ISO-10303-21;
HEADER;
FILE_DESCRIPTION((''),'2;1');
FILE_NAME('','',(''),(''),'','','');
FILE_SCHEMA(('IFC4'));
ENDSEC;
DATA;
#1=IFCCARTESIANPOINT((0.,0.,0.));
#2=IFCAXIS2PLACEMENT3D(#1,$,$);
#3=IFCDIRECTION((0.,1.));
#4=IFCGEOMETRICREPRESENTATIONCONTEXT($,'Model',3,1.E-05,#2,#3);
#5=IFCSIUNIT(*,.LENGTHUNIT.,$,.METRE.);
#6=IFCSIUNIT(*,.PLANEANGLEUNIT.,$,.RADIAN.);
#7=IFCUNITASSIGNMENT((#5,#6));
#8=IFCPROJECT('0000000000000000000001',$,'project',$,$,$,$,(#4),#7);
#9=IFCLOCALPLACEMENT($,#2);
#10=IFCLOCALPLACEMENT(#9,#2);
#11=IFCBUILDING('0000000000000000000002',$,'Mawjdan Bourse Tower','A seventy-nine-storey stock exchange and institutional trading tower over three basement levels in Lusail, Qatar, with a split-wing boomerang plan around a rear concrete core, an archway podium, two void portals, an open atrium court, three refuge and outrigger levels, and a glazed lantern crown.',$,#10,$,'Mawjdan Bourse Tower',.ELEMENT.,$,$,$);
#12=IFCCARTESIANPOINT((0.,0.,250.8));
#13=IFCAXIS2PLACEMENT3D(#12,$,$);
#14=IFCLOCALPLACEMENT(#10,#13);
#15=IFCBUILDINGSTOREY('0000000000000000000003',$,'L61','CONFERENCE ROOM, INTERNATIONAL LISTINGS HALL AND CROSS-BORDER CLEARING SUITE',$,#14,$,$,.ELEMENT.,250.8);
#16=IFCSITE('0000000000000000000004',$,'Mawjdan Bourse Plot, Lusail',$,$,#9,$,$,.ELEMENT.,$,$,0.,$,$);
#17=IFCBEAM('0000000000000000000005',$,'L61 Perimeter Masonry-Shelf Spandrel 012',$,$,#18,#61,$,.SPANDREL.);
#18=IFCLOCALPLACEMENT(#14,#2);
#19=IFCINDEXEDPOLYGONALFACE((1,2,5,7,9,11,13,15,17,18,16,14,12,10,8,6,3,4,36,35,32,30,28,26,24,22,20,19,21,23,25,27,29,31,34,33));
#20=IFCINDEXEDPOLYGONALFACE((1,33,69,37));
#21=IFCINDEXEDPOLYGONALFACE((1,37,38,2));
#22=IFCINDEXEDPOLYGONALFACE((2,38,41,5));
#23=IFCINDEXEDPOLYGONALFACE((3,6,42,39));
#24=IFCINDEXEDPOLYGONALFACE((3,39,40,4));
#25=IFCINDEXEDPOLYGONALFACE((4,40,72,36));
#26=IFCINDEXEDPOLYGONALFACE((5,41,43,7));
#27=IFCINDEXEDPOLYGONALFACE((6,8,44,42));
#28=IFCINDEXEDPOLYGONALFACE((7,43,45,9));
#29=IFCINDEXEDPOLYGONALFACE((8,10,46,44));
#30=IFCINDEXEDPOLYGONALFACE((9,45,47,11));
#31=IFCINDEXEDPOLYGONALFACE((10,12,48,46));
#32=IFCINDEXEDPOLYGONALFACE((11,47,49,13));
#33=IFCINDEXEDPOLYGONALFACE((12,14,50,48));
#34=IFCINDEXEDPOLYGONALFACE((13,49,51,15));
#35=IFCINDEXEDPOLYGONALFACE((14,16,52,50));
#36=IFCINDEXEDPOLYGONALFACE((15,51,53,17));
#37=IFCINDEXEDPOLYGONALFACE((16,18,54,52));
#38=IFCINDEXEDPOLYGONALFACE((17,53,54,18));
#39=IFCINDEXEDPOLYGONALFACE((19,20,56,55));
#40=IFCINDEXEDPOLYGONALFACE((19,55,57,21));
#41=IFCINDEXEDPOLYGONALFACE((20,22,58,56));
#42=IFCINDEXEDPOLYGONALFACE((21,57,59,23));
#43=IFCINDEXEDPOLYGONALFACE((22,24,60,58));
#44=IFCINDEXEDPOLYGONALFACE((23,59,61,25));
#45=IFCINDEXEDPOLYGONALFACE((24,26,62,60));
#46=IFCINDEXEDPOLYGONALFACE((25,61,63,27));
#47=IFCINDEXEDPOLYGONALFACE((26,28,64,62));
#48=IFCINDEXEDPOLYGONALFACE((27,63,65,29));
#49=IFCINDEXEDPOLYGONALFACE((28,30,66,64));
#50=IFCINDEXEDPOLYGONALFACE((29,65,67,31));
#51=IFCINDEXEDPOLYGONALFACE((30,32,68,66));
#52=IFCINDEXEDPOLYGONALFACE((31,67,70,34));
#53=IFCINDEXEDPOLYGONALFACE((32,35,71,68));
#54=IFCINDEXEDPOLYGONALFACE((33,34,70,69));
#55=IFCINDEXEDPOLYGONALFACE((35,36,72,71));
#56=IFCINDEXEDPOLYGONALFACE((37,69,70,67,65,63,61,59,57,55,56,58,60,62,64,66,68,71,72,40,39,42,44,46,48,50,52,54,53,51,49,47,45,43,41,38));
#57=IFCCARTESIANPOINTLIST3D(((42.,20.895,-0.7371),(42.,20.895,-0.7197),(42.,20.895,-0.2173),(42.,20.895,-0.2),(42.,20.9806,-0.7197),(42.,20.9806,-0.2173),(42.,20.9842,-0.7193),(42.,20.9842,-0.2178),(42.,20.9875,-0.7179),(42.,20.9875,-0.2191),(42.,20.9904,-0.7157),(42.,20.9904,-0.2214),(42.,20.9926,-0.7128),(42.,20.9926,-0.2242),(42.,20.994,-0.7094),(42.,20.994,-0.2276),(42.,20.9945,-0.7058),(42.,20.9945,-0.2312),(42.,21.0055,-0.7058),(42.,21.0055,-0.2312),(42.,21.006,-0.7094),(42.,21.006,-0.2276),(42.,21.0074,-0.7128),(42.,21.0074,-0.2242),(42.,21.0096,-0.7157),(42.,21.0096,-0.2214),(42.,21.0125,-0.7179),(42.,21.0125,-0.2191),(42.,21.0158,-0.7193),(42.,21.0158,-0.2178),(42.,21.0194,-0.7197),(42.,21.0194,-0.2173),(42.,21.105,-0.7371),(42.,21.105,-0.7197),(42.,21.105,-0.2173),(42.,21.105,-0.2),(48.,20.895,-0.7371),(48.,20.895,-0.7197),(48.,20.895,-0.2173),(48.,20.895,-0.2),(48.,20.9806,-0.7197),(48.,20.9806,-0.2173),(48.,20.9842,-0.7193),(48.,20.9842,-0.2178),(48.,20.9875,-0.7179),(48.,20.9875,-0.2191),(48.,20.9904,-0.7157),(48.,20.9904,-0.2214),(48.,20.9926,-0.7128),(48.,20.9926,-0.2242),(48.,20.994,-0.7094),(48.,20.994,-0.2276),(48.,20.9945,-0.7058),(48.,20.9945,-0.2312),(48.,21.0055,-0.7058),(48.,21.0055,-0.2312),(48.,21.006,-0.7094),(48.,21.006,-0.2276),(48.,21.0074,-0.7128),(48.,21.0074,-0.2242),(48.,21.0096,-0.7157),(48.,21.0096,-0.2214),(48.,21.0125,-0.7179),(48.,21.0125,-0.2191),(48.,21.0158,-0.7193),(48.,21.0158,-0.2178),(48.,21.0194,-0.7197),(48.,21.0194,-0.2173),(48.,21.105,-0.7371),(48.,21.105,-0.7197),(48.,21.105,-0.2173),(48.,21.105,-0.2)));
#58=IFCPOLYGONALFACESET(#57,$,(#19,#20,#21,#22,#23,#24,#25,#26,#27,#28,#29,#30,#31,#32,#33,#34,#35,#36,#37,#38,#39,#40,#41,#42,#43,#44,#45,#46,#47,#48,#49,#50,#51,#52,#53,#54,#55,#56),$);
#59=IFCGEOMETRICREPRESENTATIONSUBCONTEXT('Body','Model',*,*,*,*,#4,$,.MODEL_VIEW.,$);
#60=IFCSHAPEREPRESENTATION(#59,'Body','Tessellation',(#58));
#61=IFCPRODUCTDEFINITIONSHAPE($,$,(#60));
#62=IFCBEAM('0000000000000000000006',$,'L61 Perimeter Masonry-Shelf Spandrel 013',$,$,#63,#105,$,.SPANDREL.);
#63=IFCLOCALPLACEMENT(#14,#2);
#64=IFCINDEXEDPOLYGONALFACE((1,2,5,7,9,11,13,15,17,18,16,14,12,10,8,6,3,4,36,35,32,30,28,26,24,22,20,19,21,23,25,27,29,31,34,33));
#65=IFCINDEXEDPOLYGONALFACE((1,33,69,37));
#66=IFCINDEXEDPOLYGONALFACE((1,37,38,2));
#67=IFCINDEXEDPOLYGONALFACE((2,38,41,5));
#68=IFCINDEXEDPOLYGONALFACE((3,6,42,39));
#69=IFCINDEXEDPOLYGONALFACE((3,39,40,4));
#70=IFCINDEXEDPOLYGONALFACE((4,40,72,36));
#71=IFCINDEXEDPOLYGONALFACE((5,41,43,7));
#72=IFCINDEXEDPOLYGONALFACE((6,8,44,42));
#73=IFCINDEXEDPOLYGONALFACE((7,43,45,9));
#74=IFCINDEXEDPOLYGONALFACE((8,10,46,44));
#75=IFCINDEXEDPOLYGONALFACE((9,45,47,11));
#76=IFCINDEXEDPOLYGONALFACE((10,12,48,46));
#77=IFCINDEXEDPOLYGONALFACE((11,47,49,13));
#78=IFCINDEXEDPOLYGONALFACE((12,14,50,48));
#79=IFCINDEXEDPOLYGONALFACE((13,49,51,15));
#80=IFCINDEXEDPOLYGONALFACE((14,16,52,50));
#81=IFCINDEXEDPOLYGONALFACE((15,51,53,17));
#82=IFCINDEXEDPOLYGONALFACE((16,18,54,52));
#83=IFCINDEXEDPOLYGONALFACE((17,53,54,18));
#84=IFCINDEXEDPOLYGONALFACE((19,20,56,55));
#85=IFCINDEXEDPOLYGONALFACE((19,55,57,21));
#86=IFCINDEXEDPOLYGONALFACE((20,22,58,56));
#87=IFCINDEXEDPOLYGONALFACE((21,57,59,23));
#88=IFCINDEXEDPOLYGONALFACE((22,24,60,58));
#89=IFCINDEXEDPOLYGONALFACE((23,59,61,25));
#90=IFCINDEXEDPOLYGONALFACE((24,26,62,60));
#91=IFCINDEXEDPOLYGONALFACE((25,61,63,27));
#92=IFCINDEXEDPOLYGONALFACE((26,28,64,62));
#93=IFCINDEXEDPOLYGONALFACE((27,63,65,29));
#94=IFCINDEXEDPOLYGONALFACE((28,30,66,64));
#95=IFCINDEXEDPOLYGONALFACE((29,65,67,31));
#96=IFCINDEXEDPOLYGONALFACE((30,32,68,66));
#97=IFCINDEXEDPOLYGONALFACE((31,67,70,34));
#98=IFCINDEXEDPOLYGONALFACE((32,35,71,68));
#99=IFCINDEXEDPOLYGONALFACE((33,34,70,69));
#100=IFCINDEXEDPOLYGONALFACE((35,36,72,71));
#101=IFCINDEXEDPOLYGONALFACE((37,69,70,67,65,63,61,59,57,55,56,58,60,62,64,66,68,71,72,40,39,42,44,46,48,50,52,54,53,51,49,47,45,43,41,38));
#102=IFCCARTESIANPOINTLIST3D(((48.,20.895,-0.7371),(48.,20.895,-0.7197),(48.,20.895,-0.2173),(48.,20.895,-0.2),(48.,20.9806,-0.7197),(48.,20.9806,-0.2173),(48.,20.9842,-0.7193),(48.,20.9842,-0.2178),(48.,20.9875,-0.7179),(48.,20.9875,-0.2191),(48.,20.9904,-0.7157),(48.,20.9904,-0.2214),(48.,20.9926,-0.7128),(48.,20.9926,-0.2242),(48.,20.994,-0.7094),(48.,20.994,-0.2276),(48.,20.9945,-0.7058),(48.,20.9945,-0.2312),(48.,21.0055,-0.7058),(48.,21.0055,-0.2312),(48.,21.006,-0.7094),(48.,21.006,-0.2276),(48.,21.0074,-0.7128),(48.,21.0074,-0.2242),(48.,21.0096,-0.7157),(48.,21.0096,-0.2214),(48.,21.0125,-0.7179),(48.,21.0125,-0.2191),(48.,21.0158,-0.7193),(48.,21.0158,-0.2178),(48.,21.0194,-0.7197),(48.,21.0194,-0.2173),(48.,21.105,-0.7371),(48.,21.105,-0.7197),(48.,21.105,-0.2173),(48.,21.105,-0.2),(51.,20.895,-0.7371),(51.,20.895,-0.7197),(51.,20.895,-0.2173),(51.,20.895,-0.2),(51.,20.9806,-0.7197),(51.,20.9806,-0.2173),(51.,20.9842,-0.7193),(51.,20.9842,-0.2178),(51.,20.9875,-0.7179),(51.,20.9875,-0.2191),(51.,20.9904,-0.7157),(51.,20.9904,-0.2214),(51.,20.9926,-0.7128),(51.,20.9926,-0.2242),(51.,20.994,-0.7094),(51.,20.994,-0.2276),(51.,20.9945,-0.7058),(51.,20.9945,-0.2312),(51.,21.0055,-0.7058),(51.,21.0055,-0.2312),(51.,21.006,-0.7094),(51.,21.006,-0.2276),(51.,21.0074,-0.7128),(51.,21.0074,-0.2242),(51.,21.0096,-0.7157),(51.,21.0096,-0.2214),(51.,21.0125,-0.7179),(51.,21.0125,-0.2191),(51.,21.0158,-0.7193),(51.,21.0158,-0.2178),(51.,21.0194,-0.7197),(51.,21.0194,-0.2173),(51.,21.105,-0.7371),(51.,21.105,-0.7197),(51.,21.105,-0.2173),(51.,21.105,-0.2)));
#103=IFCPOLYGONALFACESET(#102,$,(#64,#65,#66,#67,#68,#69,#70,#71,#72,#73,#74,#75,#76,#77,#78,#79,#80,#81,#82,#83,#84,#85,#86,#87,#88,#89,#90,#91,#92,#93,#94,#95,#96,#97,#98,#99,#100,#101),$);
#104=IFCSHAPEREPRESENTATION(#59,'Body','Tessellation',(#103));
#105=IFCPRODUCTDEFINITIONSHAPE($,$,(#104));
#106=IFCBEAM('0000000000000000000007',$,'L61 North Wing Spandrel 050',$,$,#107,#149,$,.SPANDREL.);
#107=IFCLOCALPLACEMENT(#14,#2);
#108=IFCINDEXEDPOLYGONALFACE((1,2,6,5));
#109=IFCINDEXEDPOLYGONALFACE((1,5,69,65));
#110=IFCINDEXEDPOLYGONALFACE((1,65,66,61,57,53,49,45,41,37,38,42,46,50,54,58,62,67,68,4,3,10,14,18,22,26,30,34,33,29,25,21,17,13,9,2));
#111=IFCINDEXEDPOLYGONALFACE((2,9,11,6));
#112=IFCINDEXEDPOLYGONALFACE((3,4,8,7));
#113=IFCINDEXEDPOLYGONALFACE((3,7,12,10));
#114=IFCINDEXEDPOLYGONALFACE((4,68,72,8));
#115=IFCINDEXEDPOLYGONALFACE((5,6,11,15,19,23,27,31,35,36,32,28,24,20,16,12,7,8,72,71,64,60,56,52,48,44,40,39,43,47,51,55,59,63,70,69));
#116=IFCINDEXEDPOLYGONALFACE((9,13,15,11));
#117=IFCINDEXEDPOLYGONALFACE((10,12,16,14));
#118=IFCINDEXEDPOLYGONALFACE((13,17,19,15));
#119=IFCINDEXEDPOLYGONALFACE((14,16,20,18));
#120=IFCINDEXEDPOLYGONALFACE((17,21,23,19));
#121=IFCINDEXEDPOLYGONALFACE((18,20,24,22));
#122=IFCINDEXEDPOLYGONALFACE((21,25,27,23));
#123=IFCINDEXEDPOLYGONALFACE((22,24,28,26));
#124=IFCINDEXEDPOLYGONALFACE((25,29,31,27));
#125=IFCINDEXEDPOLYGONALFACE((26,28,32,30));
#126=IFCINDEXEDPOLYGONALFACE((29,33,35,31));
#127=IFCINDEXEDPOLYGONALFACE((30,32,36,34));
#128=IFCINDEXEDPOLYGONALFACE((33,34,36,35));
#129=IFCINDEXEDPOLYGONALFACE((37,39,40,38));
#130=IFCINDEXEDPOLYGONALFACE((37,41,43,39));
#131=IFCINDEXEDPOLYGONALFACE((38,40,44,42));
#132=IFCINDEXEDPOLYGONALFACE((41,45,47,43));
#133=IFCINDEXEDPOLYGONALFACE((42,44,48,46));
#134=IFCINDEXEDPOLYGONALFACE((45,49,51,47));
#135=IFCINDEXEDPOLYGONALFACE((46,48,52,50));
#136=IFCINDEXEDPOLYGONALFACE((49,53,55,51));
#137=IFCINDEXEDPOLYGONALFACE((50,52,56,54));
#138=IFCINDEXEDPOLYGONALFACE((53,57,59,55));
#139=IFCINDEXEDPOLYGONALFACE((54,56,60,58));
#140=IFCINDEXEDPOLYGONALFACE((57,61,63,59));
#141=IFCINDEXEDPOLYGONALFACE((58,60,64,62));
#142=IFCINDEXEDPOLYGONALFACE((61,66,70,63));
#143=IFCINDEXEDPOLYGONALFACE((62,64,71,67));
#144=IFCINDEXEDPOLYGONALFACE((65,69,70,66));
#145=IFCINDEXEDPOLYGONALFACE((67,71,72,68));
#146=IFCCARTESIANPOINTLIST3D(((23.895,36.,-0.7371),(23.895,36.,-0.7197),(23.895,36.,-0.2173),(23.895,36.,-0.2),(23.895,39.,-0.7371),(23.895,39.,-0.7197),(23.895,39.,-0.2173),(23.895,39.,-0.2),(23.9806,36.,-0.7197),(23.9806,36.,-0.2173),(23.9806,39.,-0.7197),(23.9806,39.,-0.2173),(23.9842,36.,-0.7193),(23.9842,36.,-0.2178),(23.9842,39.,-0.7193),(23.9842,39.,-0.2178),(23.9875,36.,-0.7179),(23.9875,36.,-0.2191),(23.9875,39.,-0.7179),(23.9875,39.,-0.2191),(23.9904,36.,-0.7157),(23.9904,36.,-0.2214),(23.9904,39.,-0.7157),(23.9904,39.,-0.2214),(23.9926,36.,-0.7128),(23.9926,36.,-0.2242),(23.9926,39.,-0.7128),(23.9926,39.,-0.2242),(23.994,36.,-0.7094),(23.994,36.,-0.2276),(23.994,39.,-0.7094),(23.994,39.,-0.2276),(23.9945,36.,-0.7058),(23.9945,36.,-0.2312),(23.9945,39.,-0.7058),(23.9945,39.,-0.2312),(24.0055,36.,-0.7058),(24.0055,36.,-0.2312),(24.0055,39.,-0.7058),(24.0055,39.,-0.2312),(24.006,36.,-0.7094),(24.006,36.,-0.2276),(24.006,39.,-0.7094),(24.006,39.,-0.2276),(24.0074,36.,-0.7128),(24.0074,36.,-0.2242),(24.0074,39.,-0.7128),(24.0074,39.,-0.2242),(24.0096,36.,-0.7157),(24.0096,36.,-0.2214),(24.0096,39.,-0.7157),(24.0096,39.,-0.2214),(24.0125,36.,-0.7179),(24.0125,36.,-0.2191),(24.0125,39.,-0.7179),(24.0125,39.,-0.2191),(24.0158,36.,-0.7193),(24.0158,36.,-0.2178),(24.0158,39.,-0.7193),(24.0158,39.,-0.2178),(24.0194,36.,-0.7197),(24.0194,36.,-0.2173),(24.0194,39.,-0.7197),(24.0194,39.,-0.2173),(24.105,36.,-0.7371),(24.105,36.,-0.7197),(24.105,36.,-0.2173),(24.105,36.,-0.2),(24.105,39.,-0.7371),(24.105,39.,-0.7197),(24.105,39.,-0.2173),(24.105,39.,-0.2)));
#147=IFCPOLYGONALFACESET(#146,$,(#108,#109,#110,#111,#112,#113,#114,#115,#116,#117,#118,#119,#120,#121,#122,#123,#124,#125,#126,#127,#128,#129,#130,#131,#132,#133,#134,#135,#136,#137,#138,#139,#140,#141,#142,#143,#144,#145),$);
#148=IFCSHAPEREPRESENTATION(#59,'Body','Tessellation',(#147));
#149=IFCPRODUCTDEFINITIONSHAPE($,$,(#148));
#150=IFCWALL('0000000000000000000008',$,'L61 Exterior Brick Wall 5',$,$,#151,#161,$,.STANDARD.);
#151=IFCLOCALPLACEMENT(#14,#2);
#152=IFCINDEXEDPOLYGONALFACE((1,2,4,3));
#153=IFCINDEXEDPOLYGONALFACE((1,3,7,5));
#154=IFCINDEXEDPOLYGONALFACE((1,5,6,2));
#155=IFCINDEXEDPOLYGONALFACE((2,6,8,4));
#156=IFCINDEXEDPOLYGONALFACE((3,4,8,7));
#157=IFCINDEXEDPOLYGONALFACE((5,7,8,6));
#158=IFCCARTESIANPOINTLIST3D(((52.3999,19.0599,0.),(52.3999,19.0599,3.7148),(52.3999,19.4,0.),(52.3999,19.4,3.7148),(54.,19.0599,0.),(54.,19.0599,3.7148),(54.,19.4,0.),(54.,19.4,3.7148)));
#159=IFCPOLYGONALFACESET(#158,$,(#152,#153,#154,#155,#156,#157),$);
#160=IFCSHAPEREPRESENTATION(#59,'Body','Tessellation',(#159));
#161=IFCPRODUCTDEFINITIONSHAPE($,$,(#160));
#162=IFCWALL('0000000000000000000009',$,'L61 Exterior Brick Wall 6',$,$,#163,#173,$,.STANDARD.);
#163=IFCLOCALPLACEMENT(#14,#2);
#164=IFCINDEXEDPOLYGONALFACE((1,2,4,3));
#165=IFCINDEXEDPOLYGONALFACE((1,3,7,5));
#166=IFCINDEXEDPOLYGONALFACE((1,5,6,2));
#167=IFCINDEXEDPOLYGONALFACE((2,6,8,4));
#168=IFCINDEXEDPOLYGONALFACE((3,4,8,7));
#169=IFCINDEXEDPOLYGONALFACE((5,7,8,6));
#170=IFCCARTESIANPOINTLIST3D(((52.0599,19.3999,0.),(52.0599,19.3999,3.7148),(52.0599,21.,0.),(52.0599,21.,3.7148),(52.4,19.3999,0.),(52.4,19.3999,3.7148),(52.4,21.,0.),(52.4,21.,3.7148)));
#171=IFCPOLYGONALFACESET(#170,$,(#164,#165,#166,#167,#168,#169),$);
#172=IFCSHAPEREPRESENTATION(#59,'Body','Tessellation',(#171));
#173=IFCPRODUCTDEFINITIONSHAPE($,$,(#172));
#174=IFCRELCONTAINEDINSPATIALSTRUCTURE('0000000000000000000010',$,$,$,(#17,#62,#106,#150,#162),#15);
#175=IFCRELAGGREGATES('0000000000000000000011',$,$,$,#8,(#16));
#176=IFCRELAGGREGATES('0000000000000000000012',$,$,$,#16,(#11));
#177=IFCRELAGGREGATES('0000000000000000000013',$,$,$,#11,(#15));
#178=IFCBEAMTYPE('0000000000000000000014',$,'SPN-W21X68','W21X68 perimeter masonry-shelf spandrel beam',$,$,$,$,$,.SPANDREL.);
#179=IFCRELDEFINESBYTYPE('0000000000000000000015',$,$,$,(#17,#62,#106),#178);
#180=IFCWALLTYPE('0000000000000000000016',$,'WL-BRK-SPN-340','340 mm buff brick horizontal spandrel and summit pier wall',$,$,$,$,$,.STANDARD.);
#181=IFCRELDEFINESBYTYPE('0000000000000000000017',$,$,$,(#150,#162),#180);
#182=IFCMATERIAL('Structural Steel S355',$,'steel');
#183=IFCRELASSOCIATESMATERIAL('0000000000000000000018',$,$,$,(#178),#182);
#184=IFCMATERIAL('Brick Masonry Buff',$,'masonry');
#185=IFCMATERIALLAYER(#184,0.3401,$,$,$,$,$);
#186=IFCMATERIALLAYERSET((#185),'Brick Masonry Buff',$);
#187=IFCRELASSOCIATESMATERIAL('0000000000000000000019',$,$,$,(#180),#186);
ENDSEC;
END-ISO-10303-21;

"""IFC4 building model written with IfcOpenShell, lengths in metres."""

from ifc_helpers import new_model, si_unit, direction, frame, frame_2d, origin, origin_2d, place, context, subcontext, project, spatial, rectangle, i_section, extrude, material, layer, layer_set, material_profile, profile_set, type_object, element, save


model = new_model("IFC4")

# Units and contexts
model_context = context("Model", 3, precision=1e-05, world=origin(), true_north=direction((0.0, 1.0)))
body_context = subcontext(model_context, "Body", "Model", "MODEL_VIEW")
ifc_project = project(units=[si_unit("LENGTHUNIT", "METRE"), si_unit("PLANEANGLEUNIT", "RADIAN")], contexts=[model_context])

# Site, building, storey
site_placement = place(None, origin())
site = spatial("IfcSite", under=ifc_project, at=site_placement, Name="Mawjdan Bourse Plot, Lusail", CompositionType="ELEMENT", RefElevation=0.0)
building_placement = place(site_placement, origin())
building = spatial("IfcBuilding", under=site, at=building_placement, Name="Mawjdan Bourse Tower", Description="A seventy-nine-storey stock exchange and institutional trading tower over three basement levels in Lusail, Qatar, with a split-wing boomerang plan around a rear concrete core, an archway podium, two void portals, an open atrium court, three refuge and outrigger levels, and a glazed lantern crown.", LongName="Mawjdan Bourse Tower", CompositionType="ELEMENT")
storey_placement = place(building_placement, frame((0.0, 0.0, 250.8)))
storey = spatial("IfcBuildingStorey", under=building, at=storey_placement, Name="L61", Description="CONFERENCE ROOM, INTERNATIONAL LISTINGS HALL AND CROSS-BORDER CLEARING SUITE", CompositionType="ELEMENT", Elevation=250.8)

# Beams
ifc_material_1 = material(Name="Structural Steel S355", Category="steel")
ifc_material_profile_1 = material_profile(ifc_material_1, i_section(OverallWidth=0.21, OverallDepth=0.5371, WebThickness=0.011, FlangeThickness=0.0173, FilletRadius=0.0139, at=origin_2d()), Name="W21X68")
ifc_profile_set_1 = profile_set([ifc_material_profile_1], Name="Structural Steel S355")
beam_type_1 = type_object("IfcBeamType", Name="SPN-W21X68", Description="W21X68 perimeter masonry-shelf spandrel beam", PredefinedType="SPANDREL", material=ifc_profile_set_1)
beam_1_placement = place(storey_placement, frame((42.0, 21.0, -0.4685), z_axis=(1.0, 0.0, 0.0), x_axis=(0.0, 1.0, 0.0)))
element("IfcBeam", 1, at=beam_1_placement, inside=storey, type_object=beam_type_1, Name="L61 Perimeter Masonry-Shelf Spandrel 012", PredefinedType="SPANDREL", context=body_context, shape_type="SweptSolid", body=[
    extrude(i_section(OverallWidth=0.21, OverallDepth=0.5371, WebThickness=0.011, FlangeThickness=0.0173, FilletRadius=0.0139, at=origin_2d()), origin(), (0.0, 0.0, 1.0), 6.0),
])
for number, where, z_axis, x_axis, name in (
    (2, (48.0, 21.0, -0.4685), (1.0, 0.0, 0.0), (0.0, 1.0, 0.0), "L61 Perimeter Masonry-Shelf Spandrel 013"),
    (3, (24.0, 36.0, -0.4685), (0.0, 1.0, 0.0), (-1.0, 0.0, 0.0), "L61 North Wing Spandrel 050"),
):
    element("IfcBeam", number, at=place(storey_placement, frame(where, z_axis=z_axis, x_axis=x_axis)), inside=storey, type_object=beam_type_1, Name=name, PredefinedType="SPANDREL", context=body_context, shape_type="SweptSolid", body=[
        extrude(i_section(OverallWidth=0.21, OverallDepth=0.5371, WebThickness=0.011, FlangeThickness=0.0173, FilletRadius=0.0139, at=origin_2d()), origin(), (0.0, 0.0, 1.0), 3.0),
    ])

# Walls
ifc_material_2 = material(Name="Brick Masonry Buff", Category="masonry")
ifc_layer_1 = layer(ifc_material_2, 0.3401)
ifc_layer_set_1 = layer_set([ifc_layer_1], Name="Brick Masonry Buff")
wall_type_1 = type_object("IfcWallType", Name="WL-BRK-SPN-340", Description="340 mm buff brick horizontal spandrel and summit pier wall", PredefinedType="STANDARD", material=ifc_layer_set_1)
for number, where, z_axis, x_axis, name in (
    (4, (54.0, 19.23, 0.0), (0.0, 0.0, 1.0), (-1.0, 0.0, 0.0), "L61 Exterior Brick Wall 5"),
    (5, (52.23, 19.3999, 0.0), (0.0, 0.0, 1.0), (0.0, 1.0, 0.0), "L61 Exterior Brick Wall 6"),
):
    element("IfcWall", number, at=place(storey_placement, frame(where, z_axis=z_axis, x_axis=x_axis)), inside=storey, type_object=wall_type_1, Name=name, PredefinedType="STANDARD", context=body_context, shape_type="SweptSolid", body=[
        extrude(rectangle(XDim=1.6001, YDim=0.3401, at=frame_2d((0.8, 0.0))), origin(), (0.0, 0.0, 1.0), 3.7148),
    ])

save(model, "model.ifc")
